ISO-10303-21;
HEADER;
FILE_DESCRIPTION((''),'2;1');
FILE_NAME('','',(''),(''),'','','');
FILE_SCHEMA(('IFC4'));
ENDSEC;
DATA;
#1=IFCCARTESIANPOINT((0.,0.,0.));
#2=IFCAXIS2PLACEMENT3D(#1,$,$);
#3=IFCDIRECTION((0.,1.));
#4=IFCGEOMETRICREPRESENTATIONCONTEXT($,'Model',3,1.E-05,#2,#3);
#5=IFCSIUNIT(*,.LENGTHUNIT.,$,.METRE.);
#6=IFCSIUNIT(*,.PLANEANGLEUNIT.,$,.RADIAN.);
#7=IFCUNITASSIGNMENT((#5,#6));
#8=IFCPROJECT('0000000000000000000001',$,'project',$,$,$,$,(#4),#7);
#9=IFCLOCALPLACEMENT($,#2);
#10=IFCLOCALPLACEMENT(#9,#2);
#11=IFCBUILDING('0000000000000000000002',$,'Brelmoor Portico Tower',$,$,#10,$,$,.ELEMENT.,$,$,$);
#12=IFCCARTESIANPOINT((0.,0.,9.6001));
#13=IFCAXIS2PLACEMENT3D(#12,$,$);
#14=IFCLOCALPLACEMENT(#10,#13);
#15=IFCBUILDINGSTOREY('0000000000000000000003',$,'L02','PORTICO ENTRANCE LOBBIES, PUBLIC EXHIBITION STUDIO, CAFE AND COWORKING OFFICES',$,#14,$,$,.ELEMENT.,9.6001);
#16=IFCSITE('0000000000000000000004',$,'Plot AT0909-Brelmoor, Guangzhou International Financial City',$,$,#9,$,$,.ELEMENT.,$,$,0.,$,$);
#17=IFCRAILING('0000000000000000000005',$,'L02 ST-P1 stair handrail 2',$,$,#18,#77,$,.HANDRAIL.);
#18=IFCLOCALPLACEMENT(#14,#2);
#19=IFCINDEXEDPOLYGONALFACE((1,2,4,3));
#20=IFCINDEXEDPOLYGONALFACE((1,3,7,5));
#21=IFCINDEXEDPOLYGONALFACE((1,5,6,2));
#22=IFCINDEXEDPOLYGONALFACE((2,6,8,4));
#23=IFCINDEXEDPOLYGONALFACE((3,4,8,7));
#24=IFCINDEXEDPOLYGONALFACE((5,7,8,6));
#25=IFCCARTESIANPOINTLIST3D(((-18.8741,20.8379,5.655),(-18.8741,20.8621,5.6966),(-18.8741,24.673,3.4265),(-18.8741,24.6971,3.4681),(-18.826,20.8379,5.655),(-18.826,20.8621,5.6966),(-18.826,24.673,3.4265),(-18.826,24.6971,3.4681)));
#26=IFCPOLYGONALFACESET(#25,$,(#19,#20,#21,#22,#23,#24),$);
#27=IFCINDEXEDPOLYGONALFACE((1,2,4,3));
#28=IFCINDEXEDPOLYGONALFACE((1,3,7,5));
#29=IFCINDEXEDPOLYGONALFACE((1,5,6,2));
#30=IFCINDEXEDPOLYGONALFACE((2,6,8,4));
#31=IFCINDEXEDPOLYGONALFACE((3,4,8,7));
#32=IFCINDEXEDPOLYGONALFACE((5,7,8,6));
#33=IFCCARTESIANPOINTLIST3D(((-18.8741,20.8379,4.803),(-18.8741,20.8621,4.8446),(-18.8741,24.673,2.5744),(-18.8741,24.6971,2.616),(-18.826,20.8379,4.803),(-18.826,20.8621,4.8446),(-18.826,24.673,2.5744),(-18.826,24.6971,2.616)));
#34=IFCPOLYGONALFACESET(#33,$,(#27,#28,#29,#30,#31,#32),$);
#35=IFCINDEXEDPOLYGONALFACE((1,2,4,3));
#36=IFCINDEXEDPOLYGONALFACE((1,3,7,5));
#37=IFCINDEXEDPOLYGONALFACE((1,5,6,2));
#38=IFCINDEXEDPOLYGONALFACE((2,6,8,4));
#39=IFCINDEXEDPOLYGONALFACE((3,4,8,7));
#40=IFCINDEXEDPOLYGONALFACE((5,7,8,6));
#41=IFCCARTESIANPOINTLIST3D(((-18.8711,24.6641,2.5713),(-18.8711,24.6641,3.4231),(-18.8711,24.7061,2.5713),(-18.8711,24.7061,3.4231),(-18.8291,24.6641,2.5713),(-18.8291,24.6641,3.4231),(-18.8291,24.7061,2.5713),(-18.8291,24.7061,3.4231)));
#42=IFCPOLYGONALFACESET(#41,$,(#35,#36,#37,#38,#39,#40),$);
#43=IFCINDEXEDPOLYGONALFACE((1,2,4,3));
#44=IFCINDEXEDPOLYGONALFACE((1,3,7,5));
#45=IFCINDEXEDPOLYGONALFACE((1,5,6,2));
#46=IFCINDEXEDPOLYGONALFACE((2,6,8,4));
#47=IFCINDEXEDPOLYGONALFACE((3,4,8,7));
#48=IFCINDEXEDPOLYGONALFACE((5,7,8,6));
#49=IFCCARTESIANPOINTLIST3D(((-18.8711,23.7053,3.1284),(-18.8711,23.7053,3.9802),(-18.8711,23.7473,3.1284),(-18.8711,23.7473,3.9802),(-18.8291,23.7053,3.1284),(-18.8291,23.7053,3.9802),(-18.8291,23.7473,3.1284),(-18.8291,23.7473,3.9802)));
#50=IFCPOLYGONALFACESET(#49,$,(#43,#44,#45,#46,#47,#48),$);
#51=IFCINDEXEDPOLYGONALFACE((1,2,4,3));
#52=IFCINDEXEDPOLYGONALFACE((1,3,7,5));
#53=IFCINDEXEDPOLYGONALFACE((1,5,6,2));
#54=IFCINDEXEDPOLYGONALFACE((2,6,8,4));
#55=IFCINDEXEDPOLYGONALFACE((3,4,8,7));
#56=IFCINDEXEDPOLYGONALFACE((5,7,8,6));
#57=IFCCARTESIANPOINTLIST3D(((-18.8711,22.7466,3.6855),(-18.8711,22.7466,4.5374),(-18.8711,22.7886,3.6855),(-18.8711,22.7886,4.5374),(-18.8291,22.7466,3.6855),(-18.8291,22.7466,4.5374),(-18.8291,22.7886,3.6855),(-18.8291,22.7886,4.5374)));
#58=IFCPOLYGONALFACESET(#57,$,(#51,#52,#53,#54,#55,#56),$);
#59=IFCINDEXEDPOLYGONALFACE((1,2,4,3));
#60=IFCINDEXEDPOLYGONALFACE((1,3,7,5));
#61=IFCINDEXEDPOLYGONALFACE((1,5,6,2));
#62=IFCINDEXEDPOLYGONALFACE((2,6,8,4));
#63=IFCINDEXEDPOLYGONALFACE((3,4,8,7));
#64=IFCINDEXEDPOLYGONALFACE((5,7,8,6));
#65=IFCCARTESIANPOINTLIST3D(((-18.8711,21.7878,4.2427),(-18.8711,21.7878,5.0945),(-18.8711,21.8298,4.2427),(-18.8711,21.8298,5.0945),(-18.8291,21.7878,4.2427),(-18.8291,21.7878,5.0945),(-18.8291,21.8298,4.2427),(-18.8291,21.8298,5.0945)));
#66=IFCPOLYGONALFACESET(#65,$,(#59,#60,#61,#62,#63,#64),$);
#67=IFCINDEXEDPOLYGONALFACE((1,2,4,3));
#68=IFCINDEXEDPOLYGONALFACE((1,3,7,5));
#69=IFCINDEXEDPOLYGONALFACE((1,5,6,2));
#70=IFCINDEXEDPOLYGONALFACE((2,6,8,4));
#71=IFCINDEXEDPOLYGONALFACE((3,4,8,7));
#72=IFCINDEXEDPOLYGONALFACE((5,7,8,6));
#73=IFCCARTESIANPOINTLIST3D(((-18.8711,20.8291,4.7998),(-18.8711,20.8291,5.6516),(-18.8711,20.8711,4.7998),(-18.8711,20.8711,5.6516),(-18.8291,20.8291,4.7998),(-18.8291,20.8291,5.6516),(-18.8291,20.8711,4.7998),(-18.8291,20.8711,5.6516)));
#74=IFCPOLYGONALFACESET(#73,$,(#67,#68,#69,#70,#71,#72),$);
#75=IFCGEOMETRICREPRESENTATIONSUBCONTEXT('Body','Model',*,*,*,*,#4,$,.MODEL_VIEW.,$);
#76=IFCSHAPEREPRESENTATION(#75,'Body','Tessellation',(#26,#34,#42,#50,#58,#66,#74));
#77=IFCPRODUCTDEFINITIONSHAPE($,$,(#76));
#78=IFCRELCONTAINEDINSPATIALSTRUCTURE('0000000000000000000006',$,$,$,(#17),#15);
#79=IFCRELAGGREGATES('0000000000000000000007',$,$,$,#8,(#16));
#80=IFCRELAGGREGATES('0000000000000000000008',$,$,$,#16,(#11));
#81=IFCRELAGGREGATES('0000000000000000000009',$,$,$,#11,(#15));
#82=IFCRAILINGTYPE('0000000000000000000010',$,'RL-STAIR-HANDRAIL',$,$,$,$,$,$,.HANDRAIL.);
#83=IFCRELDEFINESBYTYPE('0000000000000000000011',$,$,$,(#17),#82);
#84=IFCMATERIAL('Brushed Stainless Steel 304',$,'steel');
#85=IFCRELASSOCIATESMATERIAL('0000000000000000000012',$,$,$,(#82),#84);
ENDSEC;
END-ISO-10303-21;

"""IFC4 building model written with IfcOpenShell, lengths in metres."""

from ifc_helpers import new_model, si_unit, direction, frame, origin, origin_2d, place, context, subcontext, project, spatial, rectangle, extrude, material, type_object, element, save


model = new_model("IFC4")

# Units and contexts
model_context = context("Model", 3, precision=1e-05, world=origin(), true_north=direction((0.0, 1.0)))
body_context = subcontext(model_context, "Body", "Model", "MODEL_VIEW")
ifc_project = project(units=[si_unit("LENGTHUNIT", "METRE"), si_unit("PLANEANGLEUNIT", "RADIAN")], contexts=[model_context])

# Site, building, storey
site_placement = place(None, origin())
site = spatial("IfcSite", under=ifc_project, at=site_placement, Name="Plot AT0909-Brelmoor, Guangzhou International Financial City", CompositionType="ELEMENT", RefElevation=0.0)
building_placement = place(site_placement, origin())
building = spatial("IfcBuilding", under=site, at=building_placement, Name="Brelmoor Portico Tower", CompositionType="ELEMENT")
storey_placement = place(building_placement, frame((0.0, 0.0, 9.6001)))
storey = spatial("IfcBuildingStorey", under=building, at=storey_placement, Name="L02", Description="PORTICO ENTRANCE LOBBIES, PUBLIC EXHIBITION STUDIO, CAFE AND COWORKING OFFICES", CompositionType="ELEMENT", Elevation=9.6001)

# Railing
ifc_material_1 = material(Name="Brushed Stainless Steel 304", Category="steel")
railing_type_1 = type_object("IfcRailingType", Name="RL-STAIR-HANDRAIL", PredefinedType="HANDRAIL", material=ifc_material_1)
railing_1_placement = place(storey_placement, frame((-18.8501, 24.6851, 2.5713)))
element("IfcRailing", 1, at=railing_1_placement, inside=storey, type_object=railing_type_1, Name="L02 ST-P1 stair handrail 2", PredefinedType="HANDRAIL", context=body_context, shape_type="SweptSolid", body=[
    extrude(rectangle(XDim=0.0481, YDim=0.0481, at=origin_2d()), frame((0.0, 0.0, 0.876), z_axis=(0.0, -0.864616, 0.502433), x_axis=(1.0, 0.0, 0.0)), (0.0, 0.0, 1.0), 4.4355),
    extrude(rectangle(XDim=0.0481, YDim=0.0481, at=origin_2d()), frame((0.0, 0.0, 0.0239), z_axis=(0.0, -0.864616, 0.502433), x_axis=(1.0, 0.0, 0.0)), (0.0, 0.0, 1.0), 4.4355),
    extrude(rectangle(XDim=0.042, YDim=0.042, at=origin_2d()), origin(), (0.0, 0.0, 1.0), 0.8518),
    extrude(rectangle(XDim=0.042, YDim=0.042, at=origin_2d()), frame((0.0, -0.9587, 0.5571)), (0.0, 0.0, 1.0), 0.8518),
    extrude(rectangle(XDim=0.042, YDim=0.042, at=origin_2d()), frame((0.0, -1.9175, 1.1143)), (0.0, 0.0, 1.0), 0.8518),
    extrude(rectangle(XDim=0.042, YDim=0.042, at=origin_2d()), frame((0.0, -2.8762, 1.6714)), (0.0, 0.0, 1.0), 0.8518),
    extrude(rectangle(XDim=0.042, YDim=0.042, at=origin_2d()), frame((0.0, -3.835, 2.2285)), (0.0, 0.0, 1.0), 0.8518),
])

save(model, "model.ifc")
